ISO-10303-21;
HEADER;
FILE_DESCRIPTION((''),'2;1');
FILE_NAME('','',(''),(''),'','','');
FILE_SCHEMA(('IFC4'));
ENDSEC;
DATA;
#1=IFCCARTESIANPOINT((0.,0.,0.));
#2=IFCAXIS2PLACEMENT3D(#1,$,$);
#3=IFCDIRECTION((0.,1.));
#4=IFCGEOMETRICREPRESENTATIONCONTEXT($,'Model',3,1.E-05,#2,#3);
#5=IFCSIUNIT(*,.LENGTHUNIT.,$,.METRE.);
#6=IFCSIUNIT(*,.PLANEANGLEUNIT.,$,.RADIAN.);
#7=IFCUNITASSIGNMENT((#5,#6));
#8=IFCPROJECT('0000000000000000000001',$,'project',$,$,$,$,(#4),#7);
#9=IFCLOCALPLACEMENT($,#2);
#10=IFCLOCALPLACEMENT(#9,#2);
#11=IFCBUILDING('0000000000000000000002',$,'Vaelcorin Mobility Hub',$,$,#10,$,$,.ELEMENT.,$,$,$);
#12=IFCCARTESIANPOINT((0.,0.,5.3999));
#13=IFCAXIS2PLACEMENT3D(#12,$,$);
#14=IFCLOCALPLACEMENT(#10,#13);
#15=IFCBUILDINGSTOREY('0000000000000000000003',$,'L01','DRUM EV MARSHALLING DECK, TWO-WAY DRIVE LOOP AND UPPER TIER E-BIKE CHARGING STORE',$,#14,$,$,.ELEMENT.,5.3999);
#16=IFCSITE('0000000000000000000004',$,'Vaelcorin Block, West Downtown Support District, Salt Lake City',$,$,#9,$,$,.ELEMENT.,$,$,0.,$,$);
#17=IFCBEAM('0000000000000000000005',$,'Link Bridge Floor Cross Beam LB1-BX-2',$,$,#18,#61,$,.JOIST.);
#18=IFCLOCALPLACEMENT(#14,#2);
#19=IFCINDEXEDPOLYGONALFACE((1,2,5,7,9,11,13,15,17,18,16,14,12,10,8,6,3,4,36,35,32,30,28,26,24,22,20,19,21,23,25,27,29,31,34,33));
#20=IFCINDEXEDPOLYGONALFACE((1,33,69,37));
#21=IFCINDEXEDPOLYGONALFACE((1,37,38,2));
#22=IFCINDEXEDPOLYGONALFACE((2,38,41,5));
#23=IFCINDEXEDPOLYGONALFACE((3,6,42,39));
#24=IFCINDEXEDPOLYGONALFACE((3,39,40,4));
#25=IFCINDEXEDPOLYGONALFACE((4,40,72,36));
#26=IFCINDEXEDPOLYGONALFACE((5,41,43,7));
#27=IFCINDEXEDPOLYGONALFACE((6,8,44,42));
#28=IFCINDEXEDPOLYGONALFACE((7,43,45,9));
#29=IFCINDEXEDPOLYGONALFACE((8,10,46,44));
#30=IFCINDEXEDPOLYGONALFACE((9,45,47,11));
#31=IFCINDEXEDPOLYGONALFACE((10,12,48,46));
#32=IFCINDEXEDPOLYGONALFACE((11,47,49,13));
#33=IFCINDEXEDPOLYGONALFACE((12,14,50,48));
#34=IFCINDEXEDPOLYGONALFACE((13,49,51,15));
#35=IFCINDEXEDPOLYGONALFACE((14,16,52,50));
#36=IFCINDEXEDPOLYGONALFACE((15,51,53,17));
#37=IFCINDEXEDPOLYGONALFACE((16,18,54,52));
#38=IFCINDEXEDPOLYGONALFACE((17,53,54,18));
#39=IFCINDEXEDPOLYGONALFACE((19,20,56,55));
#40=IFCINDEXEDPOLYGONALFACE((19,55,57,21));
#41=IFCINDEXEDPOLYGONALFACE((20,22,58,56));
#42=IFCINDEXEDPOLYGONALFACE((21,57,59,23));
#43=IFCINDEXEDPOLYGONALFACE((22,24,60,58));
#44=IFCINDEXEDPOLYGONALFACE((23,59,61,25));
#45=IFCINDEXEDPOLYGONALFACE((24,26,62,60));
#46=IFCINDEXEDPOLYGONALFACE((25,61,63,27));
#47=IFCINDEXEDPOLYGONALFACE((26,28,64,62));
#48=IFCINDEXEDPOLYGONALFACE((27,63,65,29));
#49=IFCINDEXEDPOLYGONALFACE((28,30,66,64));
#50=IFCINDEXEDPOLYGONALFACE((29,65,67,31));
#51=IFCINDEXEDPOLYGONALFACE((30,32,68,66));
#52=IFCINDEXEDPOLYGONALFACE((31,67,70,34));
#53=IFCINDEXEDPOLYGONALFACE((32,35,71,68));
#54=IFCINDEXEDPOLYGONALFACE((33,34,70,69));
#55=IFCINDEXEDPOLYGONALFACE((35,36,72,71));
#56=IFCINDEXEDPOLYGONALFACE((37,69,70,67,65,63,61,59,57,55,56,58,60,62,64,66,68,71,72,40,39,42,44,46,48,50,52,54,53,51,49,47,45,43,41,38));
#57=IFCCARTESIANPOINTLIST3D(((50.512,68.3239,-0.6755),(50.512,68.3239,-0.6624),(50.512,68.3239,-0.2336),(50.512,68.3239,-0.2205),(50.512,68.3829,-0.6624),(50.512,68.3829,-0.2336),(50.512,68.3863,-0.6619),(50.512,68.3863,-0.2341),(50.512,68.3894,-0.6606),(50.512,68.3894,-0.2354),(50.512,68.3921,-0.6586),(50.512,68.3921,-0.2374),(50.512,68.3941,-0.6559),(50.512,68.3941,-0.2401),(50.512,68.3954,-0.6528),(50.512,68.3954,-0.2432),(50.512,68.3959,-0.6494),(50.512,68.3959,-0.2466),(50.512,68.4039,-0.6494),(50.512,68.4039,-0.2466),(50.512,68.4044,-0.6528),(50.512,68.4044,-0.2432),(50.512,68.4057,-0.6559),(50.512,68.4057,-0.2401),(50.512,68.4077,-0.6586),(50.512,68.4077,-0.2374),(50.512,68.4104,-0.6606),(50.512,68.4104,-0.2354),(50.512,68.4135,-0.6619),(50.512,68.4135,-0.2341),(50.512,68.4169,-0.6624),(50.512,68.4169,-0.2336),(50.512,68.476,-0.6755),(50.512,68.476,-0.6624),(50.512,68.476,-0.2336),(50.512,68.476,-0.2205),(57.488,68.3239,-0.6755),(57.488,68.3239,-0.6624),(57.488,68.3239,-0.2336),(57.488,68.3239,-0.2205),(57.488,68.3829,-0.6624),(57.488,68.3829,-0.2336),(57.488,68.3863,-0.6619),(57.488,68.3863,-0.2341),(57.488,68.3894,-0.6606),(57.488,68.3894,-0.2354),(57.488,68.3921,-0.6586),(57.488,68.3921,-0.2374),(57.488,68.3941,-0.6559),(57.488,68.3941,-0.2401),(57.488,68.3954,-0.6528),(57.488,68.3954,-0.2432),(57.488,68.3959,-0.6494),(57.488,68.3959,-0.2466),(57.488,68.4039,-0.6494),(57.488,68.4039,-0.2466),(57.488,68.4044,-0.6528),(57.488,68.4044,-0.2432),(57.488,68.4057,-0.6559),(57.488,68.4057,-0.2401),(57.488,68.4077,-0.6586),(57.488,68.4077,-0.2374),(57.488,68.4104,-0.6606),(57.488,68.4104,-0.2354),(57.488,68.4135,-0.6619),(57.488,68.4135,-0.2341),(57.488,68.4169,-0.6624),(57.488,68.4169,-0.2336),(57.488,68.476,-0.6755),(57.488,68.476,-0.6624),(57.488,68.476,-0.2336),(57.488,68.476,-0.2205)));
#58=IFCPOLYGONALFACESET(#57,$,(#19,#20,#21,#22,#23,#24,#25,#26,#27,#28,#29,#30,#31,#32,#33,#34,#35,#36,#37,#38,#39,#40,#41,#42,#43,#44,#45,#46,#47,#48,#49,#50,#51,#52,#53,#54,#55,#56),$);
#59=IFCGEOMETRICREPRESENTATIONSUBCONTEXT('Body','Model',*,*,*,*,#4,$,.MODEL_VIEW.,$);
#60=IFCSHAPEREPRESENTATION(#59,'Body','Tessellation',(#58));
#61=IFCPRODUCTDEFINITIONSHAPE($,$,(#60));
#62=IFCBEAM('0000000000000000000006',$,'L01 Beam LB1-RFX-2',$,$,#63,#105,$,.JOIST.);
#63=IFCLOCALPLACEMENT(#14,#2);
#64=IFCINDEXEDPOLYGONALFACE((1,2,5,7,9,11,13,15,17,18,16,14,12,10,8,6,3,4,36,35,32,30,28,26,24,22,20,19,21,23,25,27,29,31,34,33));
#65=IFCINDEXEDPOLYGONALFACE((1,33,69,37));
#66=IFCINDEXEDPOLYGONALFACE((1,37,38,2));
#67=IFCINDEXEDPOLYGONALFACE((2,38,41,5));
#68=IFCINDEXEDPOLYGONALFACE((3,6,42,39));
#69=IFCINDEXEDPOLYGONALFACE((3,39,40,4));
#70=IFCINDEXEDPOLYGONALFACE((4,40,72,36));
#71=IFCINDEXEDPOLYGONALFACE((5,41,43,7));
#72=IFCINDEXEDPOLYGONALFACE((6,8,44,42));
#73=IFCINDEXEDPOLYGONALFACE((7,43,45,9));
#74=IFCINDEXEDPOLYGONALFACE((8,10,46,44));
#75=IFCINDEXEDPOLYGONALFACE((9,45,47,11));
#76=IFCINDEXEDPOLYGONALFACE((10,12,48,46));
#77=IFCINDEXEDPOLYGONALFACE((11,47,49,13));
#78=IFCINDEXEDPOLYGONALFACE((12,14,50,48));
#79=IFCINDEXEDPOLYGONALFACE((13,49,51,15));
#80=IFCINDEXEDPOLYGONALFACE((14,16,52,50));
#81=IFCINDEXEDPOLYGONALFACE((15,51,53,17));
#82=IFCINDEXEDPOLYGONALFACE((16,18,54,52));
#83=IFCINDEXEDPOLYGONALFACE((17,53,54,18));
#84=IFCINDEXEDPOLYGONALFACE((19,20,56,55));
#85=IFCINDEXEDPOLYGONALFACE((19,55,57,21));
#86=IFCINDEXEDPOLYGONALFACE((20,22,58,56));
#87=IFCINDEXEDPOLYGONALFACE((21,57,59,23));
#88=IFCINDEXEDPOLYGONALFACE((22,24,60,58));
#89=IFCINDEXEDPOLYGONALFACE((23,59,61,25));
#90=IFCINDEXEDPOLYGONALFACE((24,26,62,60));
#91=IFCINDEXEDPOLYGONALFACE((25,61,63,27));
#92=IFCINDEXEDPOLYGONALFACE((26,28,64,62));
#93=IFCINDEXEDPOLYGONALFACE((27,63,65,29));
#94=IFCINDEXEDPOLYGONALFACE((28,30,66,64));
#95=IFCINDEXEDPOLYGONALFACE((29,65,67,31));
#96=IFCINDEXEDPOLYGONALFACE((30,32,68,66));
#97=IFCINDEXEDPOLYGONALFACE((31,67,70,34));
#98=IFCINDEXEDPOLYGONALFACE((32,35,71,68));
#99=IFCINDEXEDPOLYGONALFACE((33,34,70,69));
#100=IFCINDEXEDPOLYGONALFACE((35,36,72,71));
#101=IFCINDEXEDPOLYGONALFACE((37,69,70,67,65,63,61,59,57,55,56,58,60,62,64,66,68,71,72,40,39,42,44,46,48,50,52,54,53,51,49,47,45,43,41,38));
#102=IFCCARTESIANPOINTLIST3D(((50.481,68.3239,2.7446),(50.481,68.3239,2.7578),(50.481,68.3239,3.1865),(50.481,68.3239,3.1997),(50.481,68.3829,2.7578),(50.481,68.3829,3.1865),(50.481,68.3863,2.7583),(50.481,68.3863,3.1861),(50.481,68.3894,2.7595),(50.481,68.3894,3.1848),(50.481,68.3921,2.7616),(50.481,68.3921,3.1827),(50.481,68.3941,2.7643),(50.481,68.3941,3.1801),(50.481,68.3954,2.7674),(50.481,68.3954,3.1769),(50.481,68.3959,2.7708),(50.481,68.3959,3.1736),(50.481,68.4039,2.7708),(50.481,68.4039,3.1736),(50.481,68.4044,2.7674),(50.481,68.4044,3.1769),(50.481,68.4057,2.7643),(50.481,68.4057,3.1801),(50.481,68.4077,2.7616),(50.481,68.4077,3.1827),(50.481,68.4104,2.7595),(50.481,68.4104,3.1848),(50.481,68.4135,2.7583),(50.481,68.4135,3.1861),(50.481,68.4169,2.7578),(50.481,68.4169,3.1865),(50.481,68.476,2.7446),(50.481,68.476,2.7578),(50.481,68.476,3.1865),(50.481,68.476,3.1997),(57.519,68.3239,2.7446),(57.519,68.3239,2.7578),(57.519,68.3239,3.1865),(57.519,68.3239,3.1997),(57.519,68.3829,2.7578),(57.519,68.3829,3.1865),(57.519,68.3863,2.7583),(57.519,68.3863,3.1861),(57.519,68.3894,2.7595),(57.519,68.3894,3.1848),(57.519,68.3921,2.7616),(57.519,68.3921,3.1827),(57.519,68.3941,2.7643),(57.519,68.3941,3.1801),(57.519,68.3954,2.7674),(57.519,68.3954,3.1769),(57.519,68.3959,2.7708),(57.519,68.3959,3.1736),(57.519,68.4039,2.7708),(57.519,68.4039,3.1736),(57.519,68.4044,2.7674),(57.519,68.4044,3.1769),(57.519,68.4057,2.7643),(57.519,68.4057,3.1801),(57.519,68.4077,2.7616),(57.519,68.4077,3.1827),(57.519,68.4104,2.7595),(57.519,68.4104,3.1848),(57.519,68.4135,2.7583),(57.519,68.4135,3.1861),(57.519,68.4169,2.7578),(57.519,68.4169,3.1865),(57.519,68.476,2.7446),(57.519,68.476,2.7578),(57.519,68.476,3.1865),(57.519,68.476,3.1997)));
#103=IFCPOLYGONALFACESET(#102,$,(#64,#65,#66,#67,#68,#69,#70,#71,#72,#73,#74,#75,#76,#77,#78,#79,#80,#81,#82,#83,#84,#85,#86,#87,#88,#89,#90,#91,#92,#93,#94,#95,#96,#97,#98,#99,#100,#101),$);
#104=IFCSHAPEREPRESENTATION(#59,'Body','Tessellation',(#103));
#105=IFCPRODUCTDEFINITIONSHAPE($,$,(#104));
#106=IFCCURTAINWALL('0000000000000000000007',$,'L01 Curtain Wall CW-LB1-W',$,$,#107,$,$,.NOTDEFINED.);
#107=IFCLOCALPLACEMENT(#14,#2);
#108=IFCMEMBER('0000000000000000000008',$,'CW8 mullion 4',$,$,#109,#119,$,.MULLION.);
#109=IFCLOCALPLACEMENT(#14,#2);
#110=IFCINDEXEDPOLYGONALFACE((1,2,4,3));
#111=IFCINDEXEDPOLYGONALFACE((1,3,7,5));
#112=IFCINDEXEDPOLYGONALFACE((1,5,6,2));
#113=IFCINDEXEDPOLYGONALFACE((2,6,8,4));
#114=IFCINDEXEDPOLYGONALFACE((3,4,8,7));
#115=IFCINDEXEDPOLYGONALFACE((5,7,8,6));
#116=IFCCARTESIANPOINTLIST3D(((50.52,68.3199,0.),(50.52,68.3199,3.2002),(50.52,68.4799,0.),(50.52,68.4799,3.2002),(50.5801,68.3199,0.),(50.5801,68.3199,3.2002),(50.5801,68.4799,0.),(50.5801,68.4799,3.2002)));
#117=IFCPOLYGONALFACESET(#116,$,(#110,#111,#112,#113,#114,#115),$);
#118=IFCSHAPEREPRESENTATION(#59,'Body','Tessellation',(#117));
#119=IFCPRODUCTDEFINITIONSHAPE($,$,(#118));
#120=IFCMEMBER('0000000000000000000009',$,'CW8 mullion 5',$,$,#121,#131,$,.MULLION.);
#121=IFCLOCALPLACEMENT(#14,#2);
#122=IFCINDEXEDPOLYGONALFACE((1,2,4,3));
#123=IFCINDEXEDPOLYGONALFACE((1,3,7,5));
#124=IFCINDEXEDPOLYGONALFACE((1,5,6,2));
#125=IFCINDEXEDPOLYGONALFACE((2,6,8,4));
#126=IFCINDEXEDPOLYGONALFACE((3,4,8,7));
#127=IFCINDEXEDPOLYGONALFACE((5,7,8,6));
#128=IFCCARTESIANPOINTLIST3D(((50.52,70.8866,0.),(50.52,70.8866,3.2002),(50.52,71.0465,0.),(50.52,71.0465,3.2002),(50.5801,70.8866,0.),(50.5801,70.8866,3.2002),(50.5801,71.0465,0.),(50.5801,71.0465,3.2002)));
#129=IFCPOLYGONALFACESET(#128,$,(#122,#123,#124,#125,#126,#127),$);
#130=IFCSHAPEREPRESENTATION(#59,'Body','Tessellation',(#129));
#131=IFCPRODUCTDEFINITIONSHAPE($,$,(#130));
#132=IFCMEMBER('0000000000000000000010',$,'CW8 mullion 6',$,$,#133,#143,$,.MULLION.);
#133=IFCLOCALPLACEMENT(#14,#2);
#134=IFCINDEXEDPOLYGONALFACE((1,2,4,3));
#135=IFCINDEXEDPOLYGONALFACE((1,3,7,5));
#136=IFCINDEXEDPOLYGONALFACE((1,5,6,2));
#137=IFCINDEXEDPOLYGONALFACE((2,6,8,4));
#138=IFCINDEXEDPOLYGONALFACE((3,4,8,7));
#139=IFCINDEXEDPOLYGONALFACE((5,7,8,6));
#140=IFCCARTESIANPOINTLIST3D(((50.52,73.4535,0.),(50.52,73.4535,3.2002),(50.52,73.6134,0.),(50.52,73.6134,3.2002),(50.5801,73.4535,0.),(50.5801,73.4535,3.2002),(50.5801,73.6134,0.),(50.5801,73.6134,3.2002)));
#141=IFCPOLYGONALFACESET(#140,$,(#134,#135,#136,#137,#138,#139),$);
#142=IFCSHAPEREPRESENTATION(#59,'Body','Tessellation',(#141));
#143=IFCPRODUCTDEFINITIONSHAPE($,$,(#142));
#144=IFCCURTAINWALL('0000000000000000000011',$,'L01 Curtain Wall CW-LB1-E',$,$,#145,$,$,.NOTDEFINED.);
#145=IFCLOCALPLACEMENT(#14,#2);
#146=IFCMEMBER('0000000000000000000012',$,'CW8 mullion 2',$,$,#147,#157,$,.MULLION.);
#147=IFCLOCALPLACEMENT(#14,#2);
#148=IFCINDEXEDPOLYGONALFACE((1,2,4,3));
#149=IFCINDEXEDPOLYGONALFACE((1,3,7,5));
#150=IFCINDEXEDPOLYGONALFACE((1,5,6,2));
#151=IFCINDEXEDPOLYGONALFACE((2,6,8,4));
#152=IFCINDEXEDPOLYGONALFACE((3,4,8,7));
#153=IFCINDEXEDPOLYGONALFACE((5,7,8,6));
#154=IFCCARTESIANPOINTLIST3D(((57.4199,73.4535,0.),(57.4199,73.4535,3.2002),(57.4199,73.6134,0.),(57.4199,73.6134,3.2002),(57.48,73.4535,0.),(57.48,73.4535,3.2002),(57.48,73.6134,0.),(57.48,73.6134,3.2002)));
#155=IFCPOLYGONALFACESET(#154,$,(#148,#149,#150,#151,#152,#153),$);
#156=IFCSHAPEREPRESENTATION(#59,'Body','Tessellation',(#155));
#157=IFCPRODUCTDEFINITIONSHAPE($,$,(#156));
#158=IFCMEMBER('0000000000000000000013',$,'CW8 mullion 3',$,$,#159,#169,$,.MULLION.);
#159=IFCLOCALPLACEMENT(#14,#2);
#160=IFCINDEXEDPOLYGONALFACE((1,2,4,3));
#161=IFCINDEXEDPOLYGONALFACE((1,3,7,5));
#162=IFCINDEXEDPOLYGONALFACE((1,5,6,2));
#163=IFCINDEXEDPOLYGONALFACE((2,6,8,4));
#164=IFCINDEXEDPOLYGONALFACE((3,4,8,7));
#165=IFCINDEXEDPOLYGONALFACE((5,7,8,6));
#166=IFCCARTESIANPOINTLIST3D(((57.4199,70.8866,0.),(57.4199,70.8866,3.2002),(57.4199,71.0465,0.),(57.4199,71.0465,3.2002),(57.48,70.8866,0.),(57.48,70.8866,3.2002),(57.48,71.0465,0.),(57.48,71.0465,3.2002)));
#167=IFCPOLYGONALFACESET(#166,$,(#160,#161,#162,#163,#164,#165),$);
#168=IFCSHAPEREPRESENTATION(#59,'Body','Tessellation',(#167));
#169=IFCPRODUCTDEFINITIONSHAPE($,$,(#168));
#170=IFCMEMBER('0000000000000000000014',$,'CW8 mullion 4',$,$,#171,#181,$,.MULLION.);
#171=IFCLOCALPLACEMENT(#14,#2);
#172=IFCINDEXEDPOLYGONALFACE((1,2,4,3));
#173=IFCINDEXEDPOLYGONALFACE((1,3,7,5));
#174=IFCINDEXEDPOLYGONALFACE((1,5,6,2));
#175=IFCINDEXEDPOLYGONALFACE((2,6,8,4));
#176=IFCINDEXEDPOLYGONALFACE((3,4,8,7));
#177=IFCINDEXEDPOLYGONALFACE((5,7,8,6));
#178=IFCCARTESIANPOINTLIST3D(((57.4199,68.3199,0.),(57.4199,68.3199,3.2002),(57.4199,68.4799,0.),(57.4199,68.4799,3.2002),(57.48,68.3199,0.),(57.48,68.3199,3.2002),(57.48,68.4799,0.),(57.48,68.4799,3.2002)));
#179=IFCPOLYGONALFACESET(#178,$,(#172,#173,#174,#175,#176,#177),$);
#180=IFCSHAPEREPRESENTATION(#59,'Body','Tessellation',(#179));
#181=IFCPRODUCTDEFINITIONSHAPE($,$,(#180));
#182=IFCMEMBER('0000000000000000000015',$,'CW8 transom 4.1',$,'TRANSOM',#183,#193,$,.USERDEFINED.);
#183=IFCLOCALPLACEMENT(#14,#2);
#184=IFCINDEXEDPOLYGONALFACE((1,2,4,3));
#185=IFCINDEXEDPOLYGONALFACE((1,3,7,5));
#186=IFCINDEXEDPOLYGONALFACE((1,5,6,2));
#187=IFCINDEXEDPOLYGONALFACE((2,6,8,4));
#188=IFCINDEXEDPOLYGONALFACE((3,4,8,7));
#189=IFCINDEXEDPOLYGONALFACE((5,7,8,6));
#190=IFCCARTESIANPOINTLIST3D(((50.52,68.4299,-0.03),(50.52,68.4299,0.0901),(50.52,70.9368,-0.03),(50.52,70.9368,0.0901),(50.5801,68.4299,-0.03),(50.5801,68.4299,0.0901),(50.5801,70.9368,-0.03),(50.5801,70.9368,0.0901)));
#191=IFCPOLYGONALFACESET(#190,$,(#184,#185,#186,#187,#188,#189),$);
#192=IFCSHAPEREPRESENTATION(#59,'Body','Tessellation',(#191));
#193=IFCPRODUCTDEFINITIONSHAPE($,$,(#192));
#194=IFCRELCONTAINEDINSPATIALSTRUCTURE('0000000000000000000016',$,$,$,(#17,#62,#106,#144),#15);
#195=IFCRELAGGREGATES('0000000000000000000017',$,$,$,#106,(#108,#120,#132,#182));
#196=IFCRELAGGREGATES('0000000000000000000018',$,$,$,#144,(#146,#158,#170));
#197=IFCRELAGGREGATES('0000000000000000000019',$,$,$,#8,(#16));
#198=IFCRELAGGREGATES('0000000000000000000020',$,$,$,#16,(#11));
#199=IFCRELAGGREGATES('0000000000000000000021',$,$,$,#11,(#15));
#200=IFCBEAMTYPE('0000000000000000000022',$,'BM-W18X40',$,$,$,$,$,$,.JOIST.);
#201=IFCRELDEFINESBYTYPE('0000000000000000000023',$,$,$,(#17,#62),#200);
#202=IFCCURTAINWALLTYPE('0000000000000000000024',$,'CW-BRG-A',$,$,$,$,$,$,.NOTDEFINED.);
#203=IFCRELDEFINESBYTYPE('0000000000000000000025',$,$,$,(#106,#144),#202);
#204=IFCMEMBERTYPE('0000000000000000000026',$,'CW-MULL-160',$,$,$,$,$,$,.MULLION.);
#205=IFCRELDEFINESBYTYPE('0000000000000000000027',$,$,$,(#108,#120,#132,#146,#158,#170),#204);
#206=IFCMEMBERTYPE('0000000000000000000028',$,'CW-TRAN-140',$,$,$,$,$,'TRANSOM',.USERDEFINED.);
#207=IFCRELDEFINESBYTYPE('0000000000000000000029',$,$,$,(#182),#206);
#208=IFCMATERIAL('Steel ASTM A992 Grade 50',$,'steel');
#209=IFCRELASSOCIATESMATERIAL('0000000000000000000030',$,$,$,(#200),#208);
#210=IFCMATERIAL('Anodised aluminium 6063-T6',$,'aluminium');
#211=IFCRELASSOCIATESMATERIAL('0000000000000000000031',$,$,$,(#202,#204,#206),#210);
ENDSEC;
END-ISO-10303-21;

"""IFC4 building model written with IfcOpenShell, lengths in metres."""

from ifc_helpers import new_model, si_unit, direction, frame, origin, origin_2d, place, context, subcontext, project, spatial, rectangle, i_section, extrude, material, material_profile, profile_set, type_object, element, aggregate, save


model = new_model("IFC4")

# Units and contexts
model_context = context("Model", 3, precision=1e-05, world=origin(), true_north=direction((0.0, 1.0)))
body_context = subcontext(model_context, "Body", "Model", "MODEL_VIEW")
ifc_project = project(units=[si_unit("LENGTHUNIT", "METRE"), si_unit("PLANEANGLEUNIT", "RADIAN")], contexts=[model_context])

# Site, building, storey
site_placement = place(None, origin())
site = spatial("IfcSite", under=ifc_project, at=site_placement, Name="Vaelcorin Block, West Downtown Support District, Salt Lake City", CompositionType="ELEMENT", RefElevation=0.0)
building_placement = place(site_placement, origin())
building = spatial("IfcBuilding", under=site, at=building_placement, Name="Vaelcorin Mobility Hub", CompositionType="ELEMENT")
storey_placement = place(building_placement, frame((0.0, 0.0, 5.3999)))
storey = spatial("IfcBuildingStorey", under=building, at=storey_placement, Name="L01", Description="DRUM EV MARSHALLING DECK, TWO-WAY DRIVE LOOP AND UPPER TIER E-BIKE CHARGING STORE", CompositionType="ELEMENT", Elevation=5.3999)

# Beams
ifc_material_1 = material(Name="Steel ASTM A992 Grade 50", Category="steel")
ifc_material_profile_1 = material_profile(ifc_material_1, i_section(OverallWidth=0.1521, OverallDepth=0.4551, WebThickness=0.0081, FlangeThickness=0.0132, FilletRadius=0.0129, at=origin_2d()), Name="W18X40")
ifc_profile_set_1 = profile_set([ifc_material_profile_1], Name="Steel ASTM A992 Grade 50")
beam_type = type_object("IfcBeamType", Name="BM-W18X40", PredefinedType="JOIST", material=ifc_profile_set_1)
beam_1_placement = place(storey_placement, frame((50.512, 68.3999, -0.448), z_axis=(1.0, 0.0, 0.0), x_axis=(0.0, 1.0, 0.0)))
element("IfcBeam", 1, at=beam_1_placement, inside=storey, type_object=beam_type, Name="Link Bridge Floor Cross Beam LB1-BX-2", PredefinedType="JOIST", context=body_context, shape_type="SweptSolid", body=[
    extrude(i_section(OverallWidth=0.1521, OverallDepth=0.4551, WebThickness=0.0081, FlangeThickness=0.0132, FilletRadius=0.0129, at=origin_2d()), origin(), (0.0, 0.0, 1.0), 6.9761),
])
beam_2_placement = place(storey_placement, frame((50.481, 68.3999, 2.9722), z_axis=(1.0, 0.0, 0.0), x_axis=(0.0, 1.0, 0.0)))
element("IfcBeam", 2, at=beam_2_placement, inside=storey, type_object=beam_type, Name="L01 Beam LB1-RFX-2", PredefinedType="JOIST", context=body_context, shape_type="SweptSolid", body=[
    extrude(i_section(OverallWidth=0.1521, OverallDepth=0.4551, WebThickness=0.0081, FlangeThickness=0.0132, FilletRadius=0.0129, at=origin_2d()), origin(), (0.0, 0.0, 1.0), 7.0381),
])

# Curtain walls, members
ifc_material_2 = material(Name="Anodised aluminium 6063-T6", Category="aluminium")
curtain_wall_type = type_object("IfcCurtainWallType", Name="CW-BRG-A", PredefinedType="NOTDEFINED", material=ifc_material_2)
curtain_wall_1_placement = place(storey_placement, origin())
curtain_wall_1 = element("IfcCurtainWall", 3, at=curtain_wall_1_placement, inside=storey, type_object=curtain_wall_type, Name="L01 Curtain Wall CW-LB1-W", PredefinedType="NOTDEFINED")
ifc_material_profile_2 = material_profile(ifc_material_2, rectangle(XDim=0.0601, YDim=0.1599, at=origin_2d()), Name="ALU-M60X160")
ifc_profile_set_2 = profile_set([ifc_material_profile_2], Name="Anodised aluminium 6063-T6")
member_type_1 = type_object("IfcMemberType", Name="CW-MULL-160", PredefinedType="MULLION", material=ifc_profile_set_2)
member_1_placement = place(storey_placement, frame((50.55, 68.3999, 0.0), z_axis=(0.0, 0.0, 1.0), x_axis=(-1.0, 0.0, 0.0)))
member_1 = element("IfcMember", 4, at=member_1_placement, type_object=member_type_1, Name="CW8 mullion 4", PredefinedType="MULLION", context=body_context, shape_type="SweptSolid", body=[
    extrude(rectangle(XDim=0.0601, YDim=0.1599, at=origin_2d()), origin(), (0.0, 0.0, 1.0), 3.2002),
])
member_2_placement = place(storey_placement, frame((50.55, 70.9666, 0.0), z_axis=(0.0, 0.0, 1.0), x_axis=(-1.0, 0.0, 0.0)))
member_2 = element("IfcMember", 5, at=member_2_placement, type_object=member_type_1, Name="CW8 mullion 5", PredefinedType="MULLION", context=body_context, shape_type="SweptSolid", body=[
    extrude(rectangle(XDim=0.0601, YDim=0.1599, at=origin_2d()), origin(), (0.0, 0.0, 1.0), 3.2002),
])
member_3_placement = place(storey_placement, frame((50.55, 73.5334, 0.0), z_axis=(0.0, 0.0, 1.0), x_axis=(-1.0, 0.0, 0.0)))
member_3 = element("IfcMember", 6, at=member_3_placement, type_object=member_type_1, Name="CW8 mullion 6", PredefinedType="MULLION", context=body_context, shape_type="SweptSolid", body=[
    extrude(rectangle(XDim=0.0601, YDim=0.1599, at=origin_2d()), origin(), (0.0, 0.0, 1.0), 3.2002),
])
curtain_wall_2_placement = place(storey_placement, origin())
curtain_wall_2 = element("IfcCurtainWall", 7, at=curtain_wall_2_placement, inside=storey, type_object=curtain_wall_type, Name="L01 Curtain Wall CW-LB1-E", PredefinedType="NOTDEFINED")
member_4_placement = place(storey_placement, frame((57.45, 73.5334, 0.0), z_axis=(0.0, 0.0, 1.0), x_axis=(1.0, 0.0, 0.0)))
member_4 = element("IfcMember", 8, at=member_4_placement, type_object=member_type_1, Name="CW8 mullion 2", PredefinedType="MULLION", context=body_context, shape_type="SweptSolid", body=[
    extrude(rectangle(XDim=0.0601, YDim=0.1599, at=origin_2d()), origin(), (0.0, 0.0, 1.0), 3.2002),
])
member_5_placement = place(storey_placement, frame((57.45, 70.9666, 0.0), z_axis=(0.0, 0.0, 1.0), x_axis=(1.0, 0.0, 0.0)))
member_5 = element("IfcMember", 9, at=member_5_placement, type_object=member_type_1, Name="CW8 mullion 3", PredefinedType="MULLION", context=body_context, shape_type="SweptSolid", body=[
    extrude(rectangle(XDim=0.0601, YDim=0.1599, at=origin_2d()), origin(), (0.0, 0.0, 1.0), 3.2002),
])
member_6_placement = place(storey_placement, frame((57.45, 68.3999, 0.0), z_axis=(0.0, 0.0, 1.0), x_axis=(1.0, 0.0, 0.0)))
member_6 = element("IfcMember", 10, at=member_6_placement, type_object=member_type_1, Name="CW8 mullion 4", PredefinedType="MULLION", context=body_context, shape_type="SweptSolid", body=[
    extrude(rectangle(XDim=0.0601, YDim=0.1599, at=origin_2d()), origin(), (0.0, 0.0, 1.0), 3.2002),
])

# Member
ifc_material_profile_3 = material_profile(ifc_material_2, rectangle(XDim=0.0601, YDim=0.1201, at=origin_2d()), Name="ALU-T60X120")
ifc_profile_set_3 = profile_set([ifc_material_profile_3], Name="Anodised aluminium 6063-T6")
member_type_2 = type_object("IfcMemberType", Name="CW-TRAN-140", ElementType="TRANSOM", PredefinedType="USERDEFINED", material=ifc_profile_set_3)
member_7_placement = place(storey_placement, frame((50.55, 68.4299, 0.03), z_axis=(0.0, 1.0, 0.0), x_axis=(-1.0, 0.0, 0.0)))
member_7 = element("IfcMember", 11, at=member_7_placement, type_object=member_type_2, Name="CW8 transom 4.1", ObjectType="TRANSOM", PredefinedType="USERDEFINED", context=body_context, shape_type="SweptSolid", body=[
    extrude(rectangle(XDim=0.0601, YDim=0.1201, at=origin_2d()), origin(), (0.0, 0.0, 1.0), 2.5068),
])

aggregate(curtain_wall_1, [member_1, member_2, member_3, member_7])
aggregate(curtain_wall_2, [member_4, member_5, member_6])

save(model, "model.ifc")
